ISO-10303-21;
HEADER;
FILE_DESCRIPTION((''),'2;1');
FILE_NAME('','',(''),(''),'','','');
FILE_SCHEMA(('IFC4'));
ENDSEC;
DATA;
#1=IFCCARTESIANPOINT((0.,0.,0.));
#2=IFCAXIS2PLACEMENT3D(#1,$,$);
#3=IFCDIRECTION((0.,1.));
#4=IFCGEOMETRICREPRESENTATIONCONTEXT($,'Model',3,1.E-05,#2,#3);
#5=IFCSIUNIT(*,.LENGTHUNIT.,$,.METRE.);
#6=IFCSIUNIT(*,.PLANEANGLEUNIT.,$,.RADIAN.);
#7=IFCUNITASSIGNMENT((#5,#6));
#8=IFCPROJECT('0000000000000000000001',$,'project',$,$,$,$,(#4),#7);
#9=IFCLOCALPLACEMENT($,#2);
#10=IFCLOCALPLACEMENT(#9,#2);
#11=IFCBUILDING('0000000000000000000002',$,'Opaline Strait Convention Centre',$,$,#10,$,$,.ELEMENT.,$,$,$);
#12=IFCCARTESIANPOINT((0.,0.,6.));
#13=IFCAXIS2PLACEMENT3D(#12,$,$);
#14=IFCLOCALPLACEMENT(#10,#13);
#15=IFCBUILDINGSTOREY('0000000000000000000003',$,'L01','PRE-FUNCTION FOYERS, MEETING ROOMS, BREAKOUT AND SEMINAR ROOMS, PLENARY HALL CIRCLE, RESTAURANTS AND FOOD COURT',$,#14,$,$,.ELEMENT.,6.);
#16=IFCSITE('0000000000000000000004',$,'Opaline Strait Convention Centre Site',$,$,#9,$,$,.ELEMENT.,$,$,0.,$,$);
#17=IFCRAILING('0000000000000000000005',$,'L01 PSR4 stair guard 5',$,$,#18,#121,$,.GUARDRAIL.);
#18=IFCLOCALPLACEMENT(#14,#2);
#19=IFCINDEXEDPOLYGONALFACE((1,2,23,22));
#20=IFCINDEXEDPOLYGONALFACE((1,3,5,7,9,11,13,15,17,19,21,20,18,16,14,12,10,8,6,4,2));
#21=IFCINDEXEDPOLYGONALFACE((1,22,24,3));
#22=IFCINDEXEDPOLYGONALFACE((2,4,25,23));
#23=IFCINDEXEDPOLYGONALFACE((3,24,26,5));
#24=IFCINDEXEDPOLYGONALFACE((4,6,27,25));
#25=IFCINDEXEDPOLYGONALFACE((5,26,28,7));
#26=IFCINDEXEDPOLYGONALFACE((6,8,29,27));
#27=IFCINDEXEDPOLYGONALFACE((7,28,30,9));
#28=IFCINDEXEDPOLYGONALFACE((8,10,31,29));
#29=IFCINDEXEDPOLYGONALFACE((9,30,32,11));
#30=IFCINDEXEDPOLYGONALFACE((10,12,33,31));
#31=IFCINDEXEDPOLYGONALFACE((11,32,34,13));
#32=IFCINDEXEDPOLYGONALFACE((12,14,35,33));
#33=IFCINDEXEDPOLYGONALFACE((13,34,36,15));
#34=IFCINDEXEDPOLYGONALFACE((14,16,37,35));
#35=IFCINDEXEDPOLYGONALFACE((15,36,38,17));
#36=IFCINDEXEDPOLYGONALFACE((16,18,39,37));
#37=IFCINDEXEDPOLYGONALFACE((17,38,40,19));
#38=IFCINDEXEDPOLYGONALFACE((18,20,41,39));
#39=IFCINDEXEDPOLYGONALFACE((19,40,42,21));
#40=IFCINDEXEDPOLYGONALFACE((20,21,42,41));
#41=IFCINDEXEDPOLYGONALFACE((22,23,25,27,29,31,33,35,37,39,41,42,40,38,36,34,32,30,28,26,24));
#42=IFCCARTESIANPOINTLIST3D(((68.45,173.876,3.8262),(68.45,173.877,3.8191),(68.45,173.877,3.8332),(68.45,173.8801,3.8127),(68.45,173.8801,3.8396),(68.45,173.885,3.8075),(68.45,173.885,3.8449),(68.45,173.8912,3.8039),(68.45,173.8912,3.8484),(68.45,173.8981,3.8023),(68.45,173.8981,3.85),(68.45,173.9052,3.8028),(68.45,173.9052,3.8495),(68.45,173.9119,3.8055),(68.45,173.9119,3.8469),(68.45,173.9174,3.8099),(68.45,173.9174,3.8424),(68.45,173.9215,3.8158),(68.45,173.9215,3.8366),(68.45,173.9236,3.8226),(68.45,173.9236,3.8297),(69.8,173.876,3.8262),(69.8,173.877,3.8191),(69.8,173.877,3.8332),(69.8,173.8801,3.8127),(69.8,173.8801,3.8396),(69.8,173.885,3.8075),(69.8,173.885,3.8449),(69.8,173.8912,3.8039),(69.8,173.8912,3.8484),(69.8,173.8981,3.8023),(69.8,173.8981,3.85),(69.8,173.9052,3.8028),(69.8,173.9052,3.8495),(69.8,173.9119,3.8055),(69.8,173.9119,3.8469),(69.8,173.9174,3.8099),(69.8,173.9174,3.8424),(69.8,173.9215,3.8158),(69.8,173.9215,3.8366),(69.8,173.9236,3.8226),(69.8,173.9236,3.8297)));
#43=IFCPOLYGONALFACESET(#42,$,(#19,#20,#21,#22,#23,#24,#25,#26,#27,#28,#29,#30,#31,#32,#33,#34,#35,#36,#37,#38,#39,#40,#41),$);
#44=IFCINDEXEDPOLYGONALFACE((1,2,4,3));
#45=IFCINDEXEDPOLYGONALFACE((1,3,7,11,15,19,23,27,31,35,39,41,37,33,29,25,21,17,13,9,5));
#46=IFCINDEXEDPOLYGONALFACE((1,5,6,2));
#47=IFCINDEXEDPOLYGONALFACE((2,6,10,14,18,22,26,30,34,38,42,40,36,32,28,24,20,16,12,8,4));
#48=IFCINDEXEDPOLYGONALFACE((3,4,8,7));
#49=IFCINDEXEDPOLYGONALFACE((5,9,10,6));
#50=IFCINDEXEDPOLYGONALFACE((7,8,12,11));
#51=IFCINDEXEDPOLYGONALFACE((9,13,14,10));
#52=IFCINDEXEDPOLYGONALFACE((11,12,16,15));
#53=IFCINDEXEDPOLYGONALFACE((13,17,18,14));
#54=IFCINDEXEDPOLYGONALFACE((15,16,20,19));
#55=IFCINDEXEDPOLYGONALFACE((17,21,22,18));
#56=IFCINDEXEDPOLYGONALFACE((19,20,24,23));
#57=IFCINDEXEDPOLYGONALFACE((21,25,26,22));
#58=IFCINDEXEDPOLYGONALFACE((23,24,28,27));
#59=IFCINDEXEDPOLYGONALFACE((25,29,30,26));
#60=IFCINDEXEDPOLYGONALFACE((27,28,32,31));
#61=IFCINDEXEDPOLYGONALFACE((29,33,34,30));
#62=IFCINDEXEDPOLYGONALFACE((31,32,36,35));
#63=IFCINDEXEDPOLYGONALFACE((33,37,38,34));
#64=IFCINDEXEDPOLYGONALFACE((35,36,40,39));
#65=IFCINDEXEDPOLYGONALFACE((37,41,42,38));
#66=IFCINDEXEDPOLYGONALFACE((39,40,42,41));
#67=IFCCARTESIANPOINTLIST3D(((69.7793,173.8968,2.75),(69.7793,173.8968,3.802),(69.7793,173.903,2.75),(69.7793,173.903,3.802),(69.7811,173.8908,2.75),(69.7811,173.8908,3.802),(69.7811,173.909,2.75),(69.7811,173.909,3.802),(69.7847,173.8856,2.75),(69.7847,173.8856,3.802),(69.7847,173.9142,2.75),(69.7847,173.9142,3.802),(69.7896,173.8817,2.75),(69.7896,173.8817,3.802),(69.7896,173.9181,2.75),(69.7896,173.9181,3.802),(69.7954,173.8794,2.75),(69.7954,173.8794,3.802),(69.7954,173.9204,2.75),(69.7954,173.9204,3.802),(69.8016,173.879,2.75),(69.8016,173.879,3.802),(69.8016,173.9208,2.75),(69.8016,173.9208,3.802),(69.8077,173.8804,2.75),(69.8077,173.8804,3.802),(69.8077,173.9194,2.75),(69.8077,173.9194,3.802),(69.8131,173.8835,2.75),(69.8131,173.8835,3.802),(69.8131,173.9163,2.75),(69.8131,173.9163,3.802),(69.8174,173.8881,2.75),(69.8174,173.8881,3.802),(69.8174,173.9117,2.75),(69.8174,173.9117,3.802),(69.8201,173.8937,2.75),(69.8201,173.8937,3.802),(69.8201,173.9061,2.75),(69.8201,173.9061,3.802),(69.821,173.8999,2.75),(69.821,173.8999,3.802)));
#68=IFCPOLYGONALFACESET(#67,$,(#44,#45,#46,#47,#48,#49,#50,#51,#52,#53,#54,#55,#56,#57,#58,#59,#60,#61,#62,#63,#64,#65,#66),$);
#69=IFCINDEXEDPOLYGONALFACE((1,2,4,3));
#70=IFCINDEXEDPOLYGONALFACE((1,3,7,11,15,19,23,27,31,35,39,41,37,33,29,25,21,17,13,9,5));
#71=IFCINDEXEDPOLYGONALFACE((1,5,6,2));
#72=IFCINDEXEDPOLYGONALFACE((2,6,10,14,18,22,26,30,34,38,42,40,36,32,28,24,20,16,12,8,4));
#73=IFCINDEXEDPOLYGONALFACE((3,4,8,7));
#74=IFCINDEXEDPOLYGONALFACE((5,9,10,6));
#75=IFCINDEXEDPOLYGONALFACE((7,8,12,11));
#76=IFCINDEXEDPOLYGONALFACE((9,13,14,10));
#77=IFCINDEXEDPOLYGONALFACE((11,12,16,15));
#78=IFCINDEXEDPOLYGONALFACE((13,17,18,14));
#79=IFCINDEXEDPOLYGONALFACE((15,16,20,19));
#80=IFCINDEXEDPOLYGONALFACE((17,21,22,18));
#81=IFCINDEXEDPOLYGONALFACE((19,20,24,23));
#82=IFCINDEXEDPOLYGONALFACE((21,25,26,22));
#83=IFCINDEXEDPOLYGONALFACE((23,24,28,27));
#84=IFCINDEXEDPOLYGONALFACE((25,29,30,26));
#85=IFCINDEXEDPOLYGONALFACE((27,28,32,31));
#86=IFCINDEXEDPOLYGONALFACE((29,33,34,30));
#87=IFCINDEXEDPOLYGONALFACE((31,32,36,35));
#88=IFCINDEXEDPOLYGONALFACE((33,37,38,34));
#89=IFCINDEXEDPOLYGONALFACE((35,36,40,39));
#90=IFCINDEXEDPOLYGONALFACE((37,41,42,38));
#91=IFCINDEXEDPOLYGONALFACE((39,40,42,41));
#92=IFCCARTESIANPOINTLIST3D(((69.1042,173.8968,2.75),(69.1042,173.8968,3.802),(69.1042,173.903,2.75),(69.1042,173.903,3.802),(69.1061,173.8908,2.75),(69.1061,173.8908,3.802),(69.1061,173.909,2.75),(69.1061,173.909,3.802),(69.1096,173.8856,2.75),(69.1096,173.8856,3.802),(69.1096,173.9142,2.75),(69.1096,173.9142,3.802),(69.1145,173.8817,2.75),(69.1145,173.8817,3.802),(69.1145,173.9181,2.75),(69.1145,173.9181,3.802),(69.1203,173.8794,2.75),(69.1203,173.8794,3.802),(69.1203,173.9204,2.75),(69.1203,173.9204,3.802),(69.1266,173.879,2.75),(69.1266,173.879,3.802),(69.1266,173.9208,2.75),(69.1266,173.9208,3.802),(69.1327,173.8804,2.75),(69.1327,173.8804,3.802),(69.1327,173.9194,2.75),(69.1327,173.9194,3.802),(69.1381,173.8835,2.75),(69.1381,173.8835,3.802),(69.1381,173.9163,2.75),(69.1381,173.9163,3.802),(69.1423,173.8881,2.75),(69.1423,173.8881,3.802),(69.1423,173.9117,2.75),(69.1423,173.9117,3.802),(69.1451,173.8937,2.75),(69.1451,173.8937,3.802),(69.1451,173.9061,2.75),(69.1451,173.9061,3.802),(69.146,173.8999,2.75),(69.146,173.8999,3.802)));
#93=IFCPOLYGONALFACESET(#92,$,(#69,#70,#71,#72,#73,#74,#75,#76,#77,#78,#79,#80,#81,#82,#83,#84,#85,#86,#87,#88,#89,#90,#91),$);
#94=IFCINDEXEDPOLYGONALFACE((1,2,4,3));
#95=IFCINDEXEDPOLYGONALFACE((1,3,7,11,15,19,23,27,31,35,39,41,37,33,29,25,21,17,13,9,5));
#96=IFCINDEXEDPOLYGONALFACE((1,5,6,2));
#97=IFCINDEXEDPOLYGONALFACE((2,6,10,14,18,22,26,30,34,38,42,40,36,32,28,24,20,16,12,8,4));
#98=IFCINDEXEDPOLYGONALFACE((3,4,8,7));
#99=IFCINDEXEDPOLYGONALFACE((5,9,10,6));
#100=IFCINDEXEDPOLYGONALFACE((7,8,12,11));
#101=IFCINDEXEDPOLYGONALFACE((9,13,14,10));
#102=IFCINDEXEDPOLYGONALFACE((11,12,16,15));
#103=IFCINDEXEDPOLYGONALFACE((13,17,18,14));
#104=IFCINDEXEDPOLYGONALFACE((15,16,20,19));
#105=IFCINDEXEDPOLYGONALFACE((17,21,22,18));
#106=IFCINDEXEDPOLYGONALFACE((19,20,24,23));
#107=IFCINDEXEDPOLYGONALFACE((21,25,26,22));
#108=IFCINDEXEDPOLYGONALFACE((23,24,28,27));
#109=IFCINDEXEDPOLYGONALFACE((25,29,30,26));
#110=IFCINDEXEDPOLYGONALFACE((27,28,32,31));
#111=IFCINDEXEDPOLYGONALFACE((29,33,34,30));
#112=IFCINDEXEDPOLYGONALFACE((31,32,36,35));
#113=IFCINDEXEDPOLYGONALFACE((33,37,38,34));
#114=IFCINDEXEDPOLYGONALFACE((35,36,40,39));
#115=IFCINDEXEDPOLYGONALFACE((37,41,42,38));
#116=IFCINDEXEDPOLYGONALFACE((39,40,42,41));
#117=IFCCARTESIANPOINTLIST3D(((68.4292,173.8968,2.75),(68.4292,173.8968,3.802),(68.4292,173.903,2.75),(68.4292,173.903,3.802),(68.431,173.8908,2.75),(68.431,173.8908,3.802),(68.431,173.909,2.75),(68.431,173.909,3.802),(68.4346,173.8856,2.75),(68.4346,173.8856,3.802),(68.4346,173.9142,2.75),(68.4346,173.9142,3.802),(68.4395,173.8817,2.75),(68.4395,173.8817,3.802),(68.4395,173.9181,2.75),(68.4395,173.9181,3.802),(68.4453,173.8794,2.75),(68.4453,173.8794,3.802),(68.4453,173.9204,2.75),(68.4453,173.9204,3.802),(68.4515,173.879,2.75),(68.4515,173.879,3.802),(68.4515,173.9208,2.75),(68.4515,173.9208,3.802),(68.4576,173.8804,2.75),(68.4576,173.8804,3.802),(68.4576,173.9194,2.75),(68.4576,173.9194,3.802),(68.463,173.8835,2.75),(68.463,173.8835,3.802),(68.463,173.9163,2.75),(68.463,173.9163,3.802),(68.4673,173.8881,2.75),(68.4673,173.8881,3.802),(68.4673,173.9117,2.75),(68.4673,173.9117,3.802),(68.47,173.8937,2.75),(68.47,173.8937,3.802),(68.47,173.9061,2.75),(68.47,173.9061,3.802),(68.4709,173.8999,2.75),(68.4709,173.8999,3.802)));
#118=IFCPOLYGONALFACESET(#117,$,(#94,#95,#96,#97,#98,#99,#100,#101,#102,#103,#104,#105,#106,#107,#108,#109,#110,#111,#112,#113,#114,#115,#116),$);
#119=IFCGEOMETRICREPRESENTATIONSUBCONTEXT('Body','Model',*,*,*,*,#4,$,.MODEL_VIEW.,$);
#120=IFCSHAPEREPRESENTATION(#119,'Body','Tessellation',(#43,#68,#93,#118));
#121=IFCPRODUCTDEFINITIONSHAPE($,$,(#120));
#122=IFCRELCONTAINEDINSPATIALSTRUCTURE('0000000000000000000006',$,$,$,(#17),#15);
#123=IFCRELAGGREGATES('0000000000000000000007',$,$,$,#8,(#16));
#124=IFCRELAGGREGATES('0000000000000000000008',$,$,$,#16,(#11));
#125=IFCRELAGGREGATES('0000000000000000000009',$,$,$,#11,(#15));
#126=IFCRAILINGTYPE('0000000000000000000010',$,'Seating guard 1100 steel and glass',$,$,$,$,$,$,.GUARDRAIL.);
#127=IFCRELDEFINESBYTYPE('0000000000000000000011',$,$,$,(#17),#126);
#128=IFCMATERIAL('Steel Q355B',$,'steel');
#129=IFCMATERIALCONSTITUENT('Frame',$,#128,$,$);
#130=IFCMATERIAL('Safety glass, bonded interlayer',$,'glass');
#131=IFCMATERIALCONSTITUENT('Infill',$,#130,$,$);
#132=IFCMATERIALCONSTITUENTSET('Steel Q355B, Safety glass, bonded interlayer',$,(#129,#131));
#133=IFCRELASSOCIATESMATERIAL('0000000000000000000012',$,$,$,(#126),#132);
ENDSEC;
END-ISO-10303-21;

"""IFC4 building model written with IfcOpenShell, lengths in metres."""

from ifc_helpers import new_model, si_unit, direction, frame, origin, origin_2d, place, context, subcontext, project, spatial, circle, extrude, material, constituent, constituent_set, type_object, element, save


model = new_model("IFC4")

# Units and contexts
model_context = context("Model", 3, precision=1e-05, world=origin(), true_north=direction((0.0, 1.0)))
body_context = subcontext(model_context, "Body", "Model", "MODEL_VIEW")
ifc_project = project(units=[si_unit("LENGTHUNIT", "METRE"), si_unit("PLANEANGLEUNIT", "RADIAN")], contexts=[model_context])

# Site, building, storey
site_placement = place(None, origin())
site = spatial("IfcSite", under=ifc_project, at=site_placement, Name="Opaline Strait Convention Centre Site", CompositionType="ELEMENT", RefElevation=0.0)
building_placement = place(site_placement, origin())
building = spatial("IfcBuilding", under=site, at=building_placement, Name="Opaline Strait Convention Centre", CompositionType="ELEMENT")
storey_placement = place(building_placement, frame((0.0, 0.0, 6.0)))
storey = spatial("IfcBuildingStorey", under=building, at=storey_placement, Name="L01", Description="PRE-FUNCTION FOYERS, MEETING ROOMS, BREAKOUT AND SEMINAR ROOMS, PLENARY HALL CIRCLE, RESTAURANTS AND FOOD COURT", CompositionType="ELEMENT", Elevation=6.0)

# Shared definitions
ifc_material_1 = material(Name="Steel Q355B", Category="steel")

# Railing
ifc_constituent_1 = constituent(ifc_material_1, Name="Frame")
ifc_material_2 = material(Name="Safety glass, bonded interlayer", Category="glass")
ifc_constituent_2 = constituent(ifc_material_2, Name="Infill")
ifc_constituent_set = constituent_set(constituents=[ifc_constituent_1, ifc_constituent_2], Name="Steel Q355B, Safety glass, bonded interlayer")
railing_type = type_object("IfcRailingType", Name="Seating guard 1100 steel and glass", PredefinedType="GUARDRAIL", material=ifc_constituent_set)
for number, where, name in (
    (1, (69.8, 173.8999, 2.75), "L01 PSR4 stair guard 5"),
):
    element("IfcRailing", number, at=place(storey_placement, frame(where)), inside=storey, type_object=railing_type, Name=name, PredefinedType="GUARDRAIL", context=body_context, shape_type="SweptSolid", body=[
        extrude(circle(Radius=0.0239, at=origin_2d()), frame((0.0, 0.0, 1.0762), z_axis=(-1.0, 0.0, 0.0), x_axis=(0.0, -1.0, 0.0)), (0.0, 0.0, 1.0), 1.3501),
        extrude(circle(Radius=0.021, at=origin_2d()), origin(), (0.0, 0.0, 1.0), 1.052),
        extrude(circle(Radius=0.021, at=origin_2d()), frame((-0.675, 0.0, 0.0)), (0.0, 0.0, 1.0), 1.052),
        extrude(circle(Radius=0.021, at=origin_2d()), frame((-1.3501, 0.0, 0.0)), (0.0, 0.0, 1.0), 1.052),
    ])

save(model, "model.ifc")
